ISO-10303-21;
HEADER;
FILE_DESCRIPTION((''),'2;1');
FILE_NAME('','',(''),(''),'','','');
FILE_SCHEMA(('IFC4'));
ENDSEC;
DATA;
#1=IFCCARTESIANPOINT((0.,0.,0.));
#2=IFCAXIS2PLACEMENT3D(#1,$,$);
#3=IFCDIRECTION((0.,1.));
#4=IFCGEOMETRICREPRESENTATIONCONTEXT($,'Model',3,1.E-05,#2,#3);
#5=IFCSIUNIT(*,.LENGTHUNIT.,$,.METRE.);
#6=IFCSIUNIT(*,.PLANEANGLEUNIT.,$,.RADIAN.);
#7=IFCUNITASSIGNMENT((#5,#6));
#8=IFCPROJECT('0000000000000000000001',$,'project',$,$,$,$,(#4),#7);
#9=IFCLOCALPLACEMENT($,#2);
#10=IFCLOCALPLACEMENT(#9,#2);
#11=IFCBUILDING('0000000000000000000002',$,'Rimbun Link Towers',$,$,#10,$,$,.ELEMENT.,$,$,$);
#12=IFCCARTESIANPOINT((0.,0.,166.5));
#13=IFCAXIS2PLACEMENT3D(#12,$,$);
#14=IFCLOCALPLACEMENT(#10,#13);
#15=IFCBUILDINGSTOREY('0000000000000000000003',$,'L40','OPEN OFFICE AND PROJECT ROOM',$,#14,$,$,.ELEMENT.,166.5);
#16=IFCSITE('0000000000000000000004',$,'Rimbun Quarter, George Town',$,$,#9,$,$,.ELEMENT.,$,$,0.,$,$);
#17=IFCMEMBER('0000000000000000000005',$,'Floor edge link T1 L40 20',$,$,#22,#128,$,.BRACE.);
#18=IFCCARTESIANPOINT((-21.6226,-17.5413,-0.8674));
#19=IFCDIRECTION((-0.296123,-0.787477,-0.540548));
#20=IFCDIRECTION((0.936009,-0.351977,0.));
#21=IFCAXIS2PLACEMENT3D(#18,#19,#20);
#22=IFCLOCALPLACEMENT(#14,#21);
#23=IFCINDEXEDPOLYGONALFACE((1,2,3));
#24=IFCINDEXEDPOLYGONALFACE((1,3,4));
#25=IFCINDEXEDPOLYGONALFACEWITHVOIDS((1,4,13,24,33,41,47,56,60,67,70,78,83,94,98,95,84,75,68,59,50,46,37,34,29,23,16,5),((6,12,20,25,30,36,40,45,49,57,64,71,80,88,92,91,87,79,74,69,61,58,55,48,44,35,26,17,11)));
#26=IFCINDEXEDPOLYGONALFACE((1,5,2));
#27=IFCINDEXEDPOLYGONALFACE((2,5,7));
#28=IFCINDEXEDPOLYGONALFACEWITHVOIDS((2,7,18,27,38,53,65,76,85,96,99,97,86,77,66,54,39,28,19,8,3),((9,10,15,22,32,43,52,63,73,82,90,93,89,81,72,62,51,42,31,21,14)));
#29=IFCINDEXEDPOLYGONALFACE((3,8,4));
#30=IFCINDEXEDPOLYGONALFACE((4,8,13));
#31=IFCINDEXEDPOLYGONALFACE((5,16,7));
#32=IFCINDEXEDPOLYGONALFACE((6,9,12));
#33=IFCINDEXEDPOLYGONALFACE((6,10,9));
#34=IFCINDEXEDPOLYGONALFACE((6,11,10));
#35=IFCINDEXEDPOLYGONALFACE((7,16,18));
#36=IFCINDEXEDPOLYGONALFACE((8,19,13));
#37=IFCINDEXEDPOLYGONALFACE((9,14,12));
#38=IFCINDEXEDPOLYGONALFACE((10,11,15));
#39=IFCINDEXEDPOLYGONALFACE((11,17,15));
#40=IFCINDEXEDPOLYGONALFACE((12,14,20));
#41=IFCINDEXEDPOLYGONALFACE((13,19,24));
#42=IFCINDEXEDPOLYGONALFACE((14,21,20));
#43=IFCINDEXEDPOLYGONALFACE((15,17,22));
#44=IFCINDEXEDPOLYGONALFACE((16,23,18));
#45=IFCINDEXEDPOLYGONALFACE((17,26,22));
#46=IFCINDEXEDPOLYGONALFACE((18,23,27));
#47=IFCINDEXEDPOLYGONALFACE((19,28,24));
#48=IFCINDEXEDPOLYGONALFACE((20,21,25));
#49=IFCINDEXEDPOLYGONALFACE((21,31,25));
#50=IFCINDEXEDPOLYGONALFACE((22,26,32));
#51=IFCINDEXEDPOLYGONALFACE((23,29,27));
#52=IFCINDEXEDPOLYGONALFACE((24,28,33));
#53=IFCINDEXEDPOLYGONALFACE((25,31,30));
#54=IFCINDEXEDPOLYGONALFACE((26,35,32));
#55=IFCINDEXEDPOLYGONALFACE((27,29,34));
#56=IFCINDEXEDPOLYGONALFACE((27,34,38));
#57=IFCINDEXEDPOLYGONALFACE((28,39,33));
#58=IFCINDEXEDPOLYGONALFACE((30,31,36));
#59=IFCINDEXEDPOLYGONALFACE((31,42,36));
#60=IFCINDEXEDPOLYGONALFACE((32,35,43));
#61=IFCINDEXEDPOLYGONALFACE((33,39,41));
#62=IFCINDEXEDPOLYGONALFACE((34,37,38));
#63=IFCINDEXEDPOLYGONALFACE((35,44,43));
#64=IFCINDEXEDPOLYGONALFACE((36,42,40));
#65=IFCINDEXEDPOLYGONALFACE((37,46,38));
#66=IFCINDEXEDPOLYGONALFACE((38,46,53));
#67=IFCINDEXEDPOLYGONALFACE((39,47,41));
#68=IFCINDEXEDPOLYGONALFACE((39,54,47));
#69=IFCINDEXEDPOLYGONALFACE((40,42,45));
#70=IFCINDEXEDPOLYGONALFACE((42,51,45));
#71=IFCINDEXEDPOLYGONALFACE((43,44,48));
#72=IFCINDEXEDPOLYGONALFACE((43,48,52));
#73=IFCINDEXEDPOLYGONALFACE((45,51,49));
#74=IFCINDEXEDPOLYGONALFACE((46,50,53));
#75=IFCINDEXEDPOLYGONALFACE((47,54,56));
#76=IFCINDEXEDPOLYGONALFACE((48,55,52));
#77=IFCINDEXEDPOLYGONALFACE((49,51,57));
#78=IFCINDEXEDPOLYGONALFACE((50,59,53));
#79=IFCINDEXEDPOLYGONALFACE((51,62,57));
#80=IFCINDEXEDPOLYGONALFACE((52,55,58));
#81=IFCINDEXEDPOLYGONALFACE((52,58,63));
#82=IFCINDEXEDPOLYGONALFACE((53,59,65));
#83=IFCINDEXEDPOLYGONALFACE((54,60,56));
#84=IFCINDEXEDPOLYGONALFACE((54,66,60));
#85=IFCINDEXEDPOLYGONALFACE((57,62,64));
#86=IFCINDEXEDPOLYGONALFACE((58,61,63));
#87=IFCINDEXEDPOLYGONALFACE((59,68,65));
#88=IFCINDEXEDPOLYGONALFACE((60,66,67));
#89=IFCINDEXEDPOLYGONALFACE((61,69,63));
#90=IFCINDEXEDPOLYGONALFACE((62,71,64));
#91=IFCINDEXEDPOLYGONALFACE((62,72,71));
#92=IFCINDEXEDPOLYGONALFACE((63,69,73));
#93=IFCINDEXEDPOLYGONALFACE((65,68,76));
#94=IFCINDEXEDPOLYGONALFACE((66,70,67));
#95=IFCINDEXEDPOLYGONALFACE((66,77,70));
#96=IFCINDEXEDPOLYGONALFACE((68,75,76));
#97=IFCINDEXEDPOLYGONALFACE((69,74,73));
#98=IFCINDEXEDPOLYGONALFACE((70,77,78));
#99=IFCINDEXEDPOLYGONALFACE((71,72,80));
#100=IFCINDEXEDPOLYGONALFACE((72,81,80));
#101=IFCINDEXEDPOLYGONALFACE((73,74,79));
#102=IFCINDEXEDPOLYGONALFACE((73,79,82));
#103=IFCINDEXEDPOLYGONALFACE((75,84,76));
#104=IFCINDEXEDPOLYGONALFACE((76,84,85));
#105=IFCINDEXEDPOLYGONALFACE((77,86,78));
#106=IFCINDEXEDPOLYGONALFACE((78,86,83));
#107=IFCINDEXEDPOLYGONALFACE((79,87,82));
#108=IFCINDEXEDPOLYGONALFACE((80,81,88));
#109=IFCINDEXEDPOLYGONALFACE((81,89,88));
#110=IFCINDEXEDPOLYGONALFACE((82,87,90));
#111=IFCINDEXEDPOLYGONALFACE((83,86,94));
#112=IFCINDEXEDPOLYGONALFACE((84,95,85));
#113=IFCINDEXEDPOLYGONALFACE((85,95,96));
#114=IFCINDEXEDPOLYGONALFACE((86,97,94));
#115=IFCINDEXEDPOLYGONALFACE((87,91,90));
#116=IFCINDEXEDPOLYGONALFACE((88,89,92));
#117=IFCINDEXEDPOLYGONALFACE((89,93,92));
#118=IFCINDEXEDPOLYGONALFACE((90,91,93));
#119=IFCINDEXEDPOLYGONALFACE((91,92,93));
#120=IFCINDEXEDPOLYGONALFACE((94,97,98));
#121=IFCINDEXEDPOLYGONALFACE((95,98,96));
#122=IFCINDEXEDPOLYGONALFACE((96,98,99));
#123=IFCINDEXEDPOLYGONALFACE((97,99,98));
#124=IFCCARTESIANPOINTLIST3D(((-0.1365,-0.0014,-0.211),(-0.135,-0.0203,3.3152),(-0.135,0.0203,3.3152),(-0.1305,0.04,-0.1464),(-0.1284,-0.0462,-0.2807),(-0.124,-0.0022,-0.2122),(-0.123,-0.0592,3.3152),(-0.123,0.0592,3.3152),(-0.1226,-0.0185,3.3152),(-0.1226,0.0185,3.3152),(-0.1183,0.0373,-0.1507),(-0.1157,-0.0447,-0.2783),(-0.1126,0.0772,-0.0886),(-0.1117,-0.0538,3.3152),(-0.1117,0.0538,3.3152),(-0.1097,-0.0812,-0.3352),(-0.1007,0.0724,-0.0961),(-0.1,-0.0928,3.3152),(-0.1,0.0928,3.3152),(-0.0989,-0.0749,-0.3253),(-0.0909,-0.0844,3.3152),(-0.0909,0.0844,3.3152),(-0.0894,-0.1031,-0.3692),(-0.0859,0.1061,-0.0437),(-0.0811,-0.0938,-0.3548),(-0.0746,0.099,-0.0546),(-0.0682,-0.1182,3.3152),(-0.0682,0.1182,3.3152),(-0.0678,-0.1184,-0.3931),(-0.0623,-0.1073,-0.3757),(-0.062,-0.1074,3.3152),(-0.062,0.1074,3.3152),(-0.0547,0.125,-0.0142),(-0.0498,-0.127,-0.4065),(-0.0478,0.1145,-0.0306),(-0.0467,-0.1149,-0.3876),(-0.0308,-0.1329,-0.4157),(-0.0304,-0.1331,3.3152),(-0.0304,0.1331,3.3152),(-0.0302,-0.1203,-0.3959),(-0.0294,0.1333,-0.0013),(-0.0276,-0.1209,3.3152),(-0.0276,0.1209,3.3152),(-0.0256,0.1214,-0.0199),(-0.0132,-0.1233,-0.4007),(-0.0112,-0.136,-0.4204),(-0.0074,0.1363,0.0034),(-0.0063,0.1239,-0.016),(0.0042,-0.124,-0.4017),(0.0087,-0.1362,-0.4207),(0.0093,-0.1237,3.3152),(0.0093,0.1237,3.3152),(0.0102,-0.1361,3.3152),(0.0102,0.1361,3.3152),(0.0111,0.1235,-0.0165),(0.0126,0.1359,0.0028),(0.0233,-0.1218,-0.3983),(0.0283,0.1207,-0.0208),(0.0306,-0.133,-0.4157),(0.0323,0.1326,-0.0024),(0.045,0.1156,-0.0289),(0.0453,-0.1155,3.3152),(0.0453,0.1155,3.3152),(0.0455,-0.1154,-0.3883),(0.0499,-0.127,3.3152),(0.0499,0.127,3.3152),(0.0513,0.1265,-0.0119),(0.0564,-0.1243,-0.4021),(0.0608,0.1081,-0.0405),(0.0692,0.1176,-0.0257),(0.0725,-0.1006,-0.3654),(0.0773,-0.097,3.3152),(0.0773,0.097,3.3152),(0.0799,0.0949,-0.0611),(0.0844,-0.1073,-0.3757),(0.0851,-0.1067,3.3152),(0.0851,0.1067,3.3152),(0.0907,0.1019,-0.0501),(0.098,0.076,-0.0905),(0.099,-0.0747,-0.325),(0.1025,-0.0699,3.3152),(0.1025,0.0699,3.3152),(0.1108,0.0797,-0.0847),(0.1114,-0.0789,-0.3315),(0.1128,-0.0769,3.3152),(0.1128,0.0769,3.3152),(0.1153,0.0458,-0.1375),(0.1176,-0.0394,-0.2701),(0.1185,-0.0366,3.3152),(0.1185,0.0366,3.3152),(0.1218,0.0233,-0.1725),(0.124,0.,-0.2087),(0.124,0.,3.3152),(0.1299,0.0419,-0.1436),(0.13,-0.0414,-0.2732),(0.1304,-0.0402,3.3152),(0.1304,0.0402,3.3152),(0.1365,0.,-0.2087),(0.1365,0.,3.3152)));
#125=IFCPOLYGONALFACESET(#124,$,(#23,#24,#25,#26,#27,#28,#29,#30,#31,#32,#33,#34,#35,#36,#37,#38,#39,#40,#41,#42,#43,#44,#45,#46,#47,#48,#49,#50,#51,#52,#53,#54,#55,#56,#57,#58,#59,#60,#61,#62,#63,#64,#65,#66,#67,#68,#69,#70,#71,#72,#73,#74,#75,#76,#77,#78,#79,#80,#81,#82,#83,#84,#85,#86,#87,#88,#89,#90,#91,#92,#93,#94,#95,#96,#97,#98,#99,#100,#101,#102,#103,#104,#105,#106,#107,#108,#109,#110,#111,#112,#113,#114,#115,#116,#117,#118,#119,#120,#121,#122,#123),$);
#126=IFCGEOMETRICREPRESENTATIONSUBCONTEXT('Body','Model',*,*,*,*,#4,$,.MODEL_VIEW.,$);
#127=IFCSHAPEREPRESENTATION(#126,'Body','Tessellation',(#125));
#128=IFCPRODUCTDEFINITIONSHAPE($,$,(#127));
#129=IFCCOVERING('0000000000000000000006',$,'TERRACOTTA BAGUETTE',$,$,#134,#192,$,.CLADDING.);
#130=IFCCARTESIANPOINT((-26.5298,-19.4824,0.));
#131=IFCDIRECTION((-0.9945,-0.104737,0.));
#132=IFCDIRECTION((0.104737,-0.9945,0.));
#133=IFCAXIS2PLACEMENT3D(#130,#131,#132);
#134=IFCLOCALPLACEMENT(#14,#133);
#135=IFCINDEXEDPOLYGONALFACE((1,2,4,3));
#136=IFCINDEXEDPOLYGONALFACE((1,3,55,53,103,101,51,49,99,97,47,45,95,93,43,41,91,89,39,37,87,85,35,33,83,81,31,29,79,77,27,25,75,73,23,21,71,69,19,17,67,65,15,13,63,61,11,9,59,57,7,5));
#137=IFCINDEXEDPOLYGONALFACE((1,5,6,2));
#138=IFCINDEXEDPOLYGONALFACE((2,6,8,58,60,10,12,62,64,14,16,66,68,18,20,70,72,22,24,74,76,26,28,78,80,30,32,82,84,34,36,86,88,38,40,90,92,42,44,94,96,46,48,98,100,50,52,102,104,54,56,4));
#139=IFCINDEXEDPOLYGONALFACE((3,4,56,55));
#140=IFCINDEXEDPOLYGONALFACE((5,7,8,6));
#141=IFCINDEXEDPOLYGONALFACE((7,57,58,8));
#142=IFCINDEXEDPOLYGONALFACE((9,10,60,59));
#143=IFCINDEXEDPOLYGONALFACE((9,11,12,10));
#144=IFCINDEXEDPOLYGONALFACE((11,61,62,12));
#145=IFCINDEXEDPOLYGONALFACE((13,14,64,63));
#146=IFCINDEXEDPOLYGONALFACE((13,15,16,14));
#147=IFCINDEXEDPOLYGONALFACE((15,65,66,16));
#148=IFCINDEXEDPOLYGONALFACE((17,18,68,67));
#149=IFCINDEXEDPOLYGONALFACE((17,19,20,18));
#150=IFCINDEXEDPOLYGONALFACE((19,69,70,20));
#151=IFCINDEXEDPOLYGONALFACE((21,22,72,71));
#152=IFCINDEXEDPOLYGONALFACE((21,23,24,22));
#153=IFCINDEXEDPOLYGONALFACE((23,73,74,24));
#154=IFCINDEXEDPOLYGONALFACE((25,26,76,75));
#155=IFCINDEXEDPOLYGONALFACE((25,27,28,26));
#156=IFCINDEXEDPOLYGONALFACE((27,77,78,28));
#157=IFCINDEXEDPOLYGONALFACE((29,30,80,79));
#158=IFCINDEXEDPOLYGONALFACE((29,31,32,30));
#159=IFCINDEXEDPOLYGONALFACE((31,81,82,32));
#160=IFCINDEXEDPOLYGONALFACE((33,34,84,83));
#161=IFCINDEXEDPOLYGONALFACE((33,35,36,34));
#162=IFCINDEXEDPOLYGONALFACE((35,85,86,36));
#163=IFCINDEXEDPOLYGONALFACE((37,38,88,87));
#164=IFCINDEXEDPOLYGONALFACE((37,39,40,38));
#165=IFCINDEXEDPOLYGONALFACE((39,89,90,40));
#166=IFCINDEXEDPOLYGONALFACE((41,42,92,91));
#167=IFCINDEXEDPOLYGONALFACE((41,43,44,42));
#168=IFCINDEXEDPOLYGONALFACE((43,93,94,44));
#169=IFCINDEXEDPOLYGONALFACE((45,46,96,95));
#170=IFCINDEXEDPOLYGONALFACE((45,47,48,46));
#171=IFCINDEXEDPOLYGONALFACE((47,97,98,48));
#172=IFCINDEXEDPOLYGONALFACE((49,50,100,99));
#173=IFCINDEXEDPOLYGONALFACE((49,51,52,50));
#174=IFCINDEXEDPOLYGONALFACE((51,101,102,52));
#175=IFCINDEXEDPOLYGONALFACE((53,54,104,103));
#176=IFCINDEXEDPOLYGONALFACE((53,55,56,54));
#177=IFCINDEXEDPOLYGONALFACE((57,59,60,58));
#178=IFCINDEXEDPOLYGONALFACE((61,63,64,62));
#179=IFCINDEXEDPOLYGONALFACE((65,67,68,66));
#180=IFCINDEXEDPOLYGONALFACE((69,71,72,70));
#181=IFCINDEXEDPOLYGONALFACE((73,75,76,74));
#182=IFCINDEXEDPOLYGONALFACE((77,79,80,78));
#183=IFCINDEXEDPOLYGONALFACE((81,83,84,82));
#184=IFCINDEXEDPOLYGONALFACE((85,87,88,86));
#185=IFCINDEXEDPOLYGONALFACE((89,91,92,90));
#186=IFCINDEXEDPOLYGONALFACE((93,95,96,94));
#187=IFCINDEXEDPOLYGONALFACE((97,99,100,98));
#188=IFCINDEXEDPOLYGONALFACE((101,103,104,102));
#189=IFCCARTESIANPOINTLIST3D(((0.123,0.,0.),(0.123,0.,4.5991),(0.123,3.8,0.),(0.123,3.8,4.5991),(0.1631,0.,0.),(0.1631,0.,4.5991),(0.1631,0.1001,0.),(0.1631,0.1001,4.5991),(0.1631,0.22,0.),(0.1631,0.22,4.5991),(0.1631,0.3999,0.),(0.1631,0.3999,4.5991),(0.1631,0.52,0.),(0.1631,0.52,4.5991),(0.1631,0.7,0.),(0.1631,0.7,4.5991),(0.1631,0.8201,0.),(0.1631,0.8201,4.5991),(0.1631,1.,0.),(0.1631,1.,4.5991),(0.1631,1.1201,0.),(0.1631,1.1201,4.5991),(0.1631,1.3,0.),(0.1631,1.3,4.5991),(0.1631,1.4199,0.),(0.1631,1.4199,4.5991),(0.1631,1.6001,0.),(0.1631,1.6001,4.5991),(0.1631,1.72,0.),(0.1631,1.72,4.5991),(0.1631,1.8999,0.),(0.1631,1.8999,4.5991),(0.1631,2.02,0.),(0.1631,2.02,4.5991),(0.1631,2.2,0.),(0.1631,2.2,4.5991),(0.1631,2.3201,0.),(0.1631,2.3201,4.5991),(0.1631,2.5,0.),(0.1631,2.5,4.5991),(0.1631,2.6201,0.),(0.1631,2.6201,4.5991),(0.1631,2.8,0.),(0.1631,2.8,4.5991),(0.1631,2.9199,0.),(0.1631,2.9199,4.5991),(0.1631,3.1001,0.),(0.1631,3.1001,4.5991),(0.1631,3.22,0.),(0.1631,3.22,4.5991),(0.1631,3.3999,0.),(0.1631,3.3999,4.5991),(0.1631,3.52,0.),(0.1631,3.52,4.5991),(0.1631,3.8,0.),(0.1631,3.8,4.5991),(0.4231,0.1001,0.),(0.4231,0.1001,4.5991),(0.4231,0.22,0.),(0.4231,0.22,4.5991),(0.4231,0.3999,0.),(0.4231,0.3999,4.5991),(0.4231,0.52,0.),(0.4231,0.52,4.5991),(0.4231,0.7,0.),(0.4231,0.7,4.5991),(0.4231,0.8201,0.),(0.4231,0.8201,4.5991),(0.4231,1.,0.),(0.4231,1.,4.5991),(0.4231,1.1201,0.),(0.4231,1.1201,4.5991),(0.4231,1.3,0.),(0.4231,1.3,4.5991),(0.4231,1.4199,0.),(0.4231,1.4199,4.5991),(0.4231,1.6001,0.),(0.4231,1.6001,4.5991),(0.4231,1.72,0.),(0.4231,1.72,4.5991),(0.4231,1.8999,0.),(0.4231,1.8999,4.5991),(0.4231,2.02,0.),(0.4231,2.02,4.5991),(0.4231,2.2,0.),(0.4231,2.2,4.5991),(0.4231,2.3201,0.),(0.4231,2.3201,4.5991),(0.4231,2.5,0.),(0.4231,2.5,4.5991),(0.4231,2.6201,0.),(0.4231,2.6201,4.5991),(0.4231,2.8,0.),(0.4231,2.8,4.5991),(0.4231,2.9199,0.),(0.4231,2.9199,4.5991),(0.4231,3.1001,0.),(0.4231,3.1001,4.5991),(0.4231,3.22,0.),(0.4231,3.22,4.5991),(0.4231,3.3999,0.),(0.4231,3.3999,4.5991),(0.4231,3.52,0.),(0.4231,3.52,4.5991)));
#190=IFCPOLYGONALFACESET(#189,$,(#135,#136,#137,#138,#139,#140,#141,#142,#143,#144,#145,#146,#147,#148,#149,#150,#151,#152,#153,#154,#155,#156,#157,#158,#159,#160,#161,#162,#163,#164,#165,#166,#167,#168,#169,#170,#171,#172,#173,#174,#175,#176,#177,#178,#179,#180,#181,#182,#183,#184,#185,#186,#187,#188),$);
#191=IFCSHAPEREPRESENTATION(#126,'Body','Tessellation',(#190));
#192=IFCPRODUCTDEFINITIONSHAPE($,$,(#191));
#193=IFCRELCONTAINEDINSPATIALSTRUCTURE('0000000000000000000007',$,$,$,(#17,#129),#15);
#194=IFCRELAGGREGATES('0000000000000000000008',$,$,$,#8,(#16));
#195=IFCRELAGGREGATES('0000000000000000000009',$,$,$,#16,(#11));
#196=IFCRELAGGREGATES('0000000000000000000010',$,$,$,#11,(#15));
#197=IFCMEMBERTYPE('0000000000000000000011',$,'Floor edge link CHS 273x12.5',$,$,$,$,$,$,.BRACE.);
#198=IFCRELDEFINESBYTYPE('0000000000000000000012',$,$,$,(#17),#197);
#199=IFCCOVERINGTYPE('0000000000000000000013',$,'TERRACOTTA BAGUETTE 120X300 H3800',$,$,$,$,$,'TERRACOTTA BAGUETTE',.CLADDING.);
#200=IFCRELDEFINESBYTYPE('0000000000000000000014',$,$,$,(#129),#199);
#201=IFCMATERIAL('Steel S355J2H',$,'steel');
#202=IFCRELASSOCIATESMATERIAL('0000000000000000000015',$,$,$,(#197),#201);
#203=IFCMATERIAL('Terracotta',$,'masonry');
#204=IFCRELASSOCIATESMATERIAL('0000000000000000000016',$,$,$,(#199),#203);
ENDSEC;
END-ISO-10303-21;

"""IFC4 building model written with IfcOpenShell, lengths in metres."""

from ifc_helpers import new_model, si_unit, direction, frame, origin, origin_2d, place, context, subcontext, project, spatial, polyline, hollow_circle, outline, extrude, clip, halfspace, material, material_profile, profile_set, type_object, element, save


model = new_model("IFC4")

# Units and contexts
model_context = context("Model", 3, precision=1e-05, world=origin(), true_north=direction((0.0, 1.0)))
body_context = subcontext(model_context, "Body", "Model", "MODEL_VIEW")
ifc_project = project(units=[si_unit("LENGTHUNIT", "METRE"), si_unit("PLANEANGLEUNIT", "RADIAN")], contexts=[model_context])

# Site, building, storey
site_placement = place(None, origin())
site = spatial("IfcSite", under=ifc_project, at=site_placement, Name="Rimbun Quarter, George Town", CompositionType="ELEMENT", RefElevation=0.0)
building_placement = place(site_placement, origin())
building = spatial("IfcBuilding", under=site, at=building_placement, Name="Rimbun Link Towers", CompositionType="ELEMENT")
storey_placement = place(building_placement, frame((0.0, 0.0, 166.5)))
storey = spatial("IfcBuildingStorey", under=building, at=storey_placement, Name="L40", Description="OPEN OFFICE AND PROJECT ROOM", CompositionType="ELEMENT", Elevation=166.5)

# Member
ifc_material_1 = material(Name="Steel S355J2H", Category="steel")
ifc_material_profile_1 = material_profile(ifc_material_1, hollow_circle(Radius=0.1365, WallThickness=0.0125, at=origin_2d()), Name="CHS 273x12.5")
ifc_profile_set_1 = profile_set([ifc_material_profile_1], Name="Steel S355J2H")
member_type_1 = type_object("IfcMemberType", Name="Floor edge link CHS 273x12.5", PredefinedType="BRACE", material=ifc_profile_set_1)
member_1_placement = place(storey_placement, frame((-21.6226, -17.5413, -0.8674), z_axis=(-0.296123, -0.787477, -0.540548), x_axis=(0.936009, -0.351977, 0.0)))
element("IfcMember", 1, at=member_1_placement, inside=storey, type_object=member_type_1, Name="Floor edge link T1 L40 20", PredefinedType="BRACE", context=body_context, shape_type="Clipping", body=[
    clip(extrude(hollow_circle(Radius=0.1365, WallThickness=0.0125, at=origin_2d()), frame((0.0, 0.0, -0.4434)), (0.0, 0.0, 1.0), 3.7585), halfspace(frame((0.0, 0.0, -0.2087), z_axis=(0.0, 0.841313, -0.540548)), False)),
])

# Covering
ifc_material_2 = material(Name="Terracotta", Category="masonry")
ifc_material_profile_2 = material_profile(ifc_material_2, outline(polyline([(0.123, 0.0), (0.1631, 0.0), (0.1631, 0.1001), (0.4231, 0.1001), (0.4231, 0.22), (0.1631, 0.22), (0.1631, 0.3999), (0.4231, 0.3999), (0.4231, 0.52), (0.1631, 0.52), (0.1631, 0.7), (0.4231, 0.7), (0.4231, 0.8201), (0.1631, 0.8201), (0.1631, 1.0), (0.4231, 1.0), (0.4231, 1.1201), (0.1631, 1.1201), (0.1631, 1.3), (0.4231, 1.3), (0.4231, 1.4199), (0.1631, 1.4199), (0.1631, 1.6001), (0.4231, 1.6001), (0.4231, 1.72), (0.1631, 1.72), (0.1631, 1.8999), (0.4231, 1.8999), (0.4231, 2.02), (0.1631, 2.02), (0.1631, 2.2), (0.4231, 2.2), (0.4231, 2.3201), (0.1631, 2.3201), (0.1631, 2.5), (0.4231, 2.5), (0.4231, 2.6201), (0.1631, 2.6201), (0.1631, 2.8), (0.4231, 2.8), (0.4231, 2.9199), (0.1631, 2.9199), (0.1631, 3.1001), (0.4231, 3.1001), (0.4231, 3.22), (0.1631, 3.22), (0.1631, 3.3999), (0.4231, 3.3999), (0.4231, 3.52), (0.1631, 3.52), (0.1631, 3.8), (0.123, 3.8), (0.123, 0.0)])), Name="BAGUETTE 120X300")
ifc_profile_set_2 = profile_set([ifc_material_profile_2], Name="Terracotta")
covering_type = type_object("IfcCoveringType", Name="TERRACOTTA BAGUETTE 120X300 H3800", ElementType="TERRACOTTA BAGUETTE", PredefinedType="CLADDING", material=ifc_profile_set_2)
covering_1_placement = place(storey_placement, frame((-26.5298, -19.4824, 0.0), z_axis=(-0.9945, -0.104737, 0.0), x_axis=(0.104737, -0.9945, 0.0)))
element("IfcCovering", 2, at=covering_1_placement, inside=storey, type_object=covering_type, Name="TERRACOTTA BAGUETTE", PredefinedType="CLADDING", context=body_context, shape_type="SweptSolid", body=[
    extrude(outline(polyline([(0.123, 0.0), (0.1631, 0.0), (0.1631, 0.1001), (0.4231, 0.1001), (0.4231, 0.22), (0.1631, 0.22), (0.1631, 0.3999), (0.4231, 0.3999), (0.4231, 0.52), (0.1631, 0.52), (0.1631, 0.7), (0.4231, 0.7), (0.4231, 0.8201), (0.1631, 0.8201), (0.1631, 1.0), (0.4231, 1.0), (0.4231, 1.1201), (0.1631, 1.1201), (0.1631, 1.3), (0.4231, 1.3), (0.4231, 1.4199), (0.1631, 1.4199), (0.1631, 1.6001), (0.4231, 1.6001), (0.4231, 1.72), (0.1631, 1.72), (0.1631, 1.8999), (0.4231, 1.8999), (0.4231, 2.02), (0.1631, 2.02), (0.1631, 2.2), (0.4231, 2.2), (0.4231, 2.3201), (0.1631, 2.3201), (0.1631, 2.5), (0.4231, 2.5), (0.4231, 2.6201), (0.1631, 2.6201), (0.1631, 2.8), (0.4231, 2.8), (0.4231, 2.9199), (0.1631, 2.9199), (0.1631, 3.1001), (0.4231, 3.1001), (0.4231, 3.22), (0.1631, 3.22), (0.1631, 3.3999), (0.4231, 3.3999), (0.4231, 3.52), (0.1631, 3.52), (0.1631, 3.8), (0.123, 3.8), (0.123, 0.0)])), origin(), (0.0, 0.0, 1.0), 4.5991),
])

save(model, "model.ifc")
